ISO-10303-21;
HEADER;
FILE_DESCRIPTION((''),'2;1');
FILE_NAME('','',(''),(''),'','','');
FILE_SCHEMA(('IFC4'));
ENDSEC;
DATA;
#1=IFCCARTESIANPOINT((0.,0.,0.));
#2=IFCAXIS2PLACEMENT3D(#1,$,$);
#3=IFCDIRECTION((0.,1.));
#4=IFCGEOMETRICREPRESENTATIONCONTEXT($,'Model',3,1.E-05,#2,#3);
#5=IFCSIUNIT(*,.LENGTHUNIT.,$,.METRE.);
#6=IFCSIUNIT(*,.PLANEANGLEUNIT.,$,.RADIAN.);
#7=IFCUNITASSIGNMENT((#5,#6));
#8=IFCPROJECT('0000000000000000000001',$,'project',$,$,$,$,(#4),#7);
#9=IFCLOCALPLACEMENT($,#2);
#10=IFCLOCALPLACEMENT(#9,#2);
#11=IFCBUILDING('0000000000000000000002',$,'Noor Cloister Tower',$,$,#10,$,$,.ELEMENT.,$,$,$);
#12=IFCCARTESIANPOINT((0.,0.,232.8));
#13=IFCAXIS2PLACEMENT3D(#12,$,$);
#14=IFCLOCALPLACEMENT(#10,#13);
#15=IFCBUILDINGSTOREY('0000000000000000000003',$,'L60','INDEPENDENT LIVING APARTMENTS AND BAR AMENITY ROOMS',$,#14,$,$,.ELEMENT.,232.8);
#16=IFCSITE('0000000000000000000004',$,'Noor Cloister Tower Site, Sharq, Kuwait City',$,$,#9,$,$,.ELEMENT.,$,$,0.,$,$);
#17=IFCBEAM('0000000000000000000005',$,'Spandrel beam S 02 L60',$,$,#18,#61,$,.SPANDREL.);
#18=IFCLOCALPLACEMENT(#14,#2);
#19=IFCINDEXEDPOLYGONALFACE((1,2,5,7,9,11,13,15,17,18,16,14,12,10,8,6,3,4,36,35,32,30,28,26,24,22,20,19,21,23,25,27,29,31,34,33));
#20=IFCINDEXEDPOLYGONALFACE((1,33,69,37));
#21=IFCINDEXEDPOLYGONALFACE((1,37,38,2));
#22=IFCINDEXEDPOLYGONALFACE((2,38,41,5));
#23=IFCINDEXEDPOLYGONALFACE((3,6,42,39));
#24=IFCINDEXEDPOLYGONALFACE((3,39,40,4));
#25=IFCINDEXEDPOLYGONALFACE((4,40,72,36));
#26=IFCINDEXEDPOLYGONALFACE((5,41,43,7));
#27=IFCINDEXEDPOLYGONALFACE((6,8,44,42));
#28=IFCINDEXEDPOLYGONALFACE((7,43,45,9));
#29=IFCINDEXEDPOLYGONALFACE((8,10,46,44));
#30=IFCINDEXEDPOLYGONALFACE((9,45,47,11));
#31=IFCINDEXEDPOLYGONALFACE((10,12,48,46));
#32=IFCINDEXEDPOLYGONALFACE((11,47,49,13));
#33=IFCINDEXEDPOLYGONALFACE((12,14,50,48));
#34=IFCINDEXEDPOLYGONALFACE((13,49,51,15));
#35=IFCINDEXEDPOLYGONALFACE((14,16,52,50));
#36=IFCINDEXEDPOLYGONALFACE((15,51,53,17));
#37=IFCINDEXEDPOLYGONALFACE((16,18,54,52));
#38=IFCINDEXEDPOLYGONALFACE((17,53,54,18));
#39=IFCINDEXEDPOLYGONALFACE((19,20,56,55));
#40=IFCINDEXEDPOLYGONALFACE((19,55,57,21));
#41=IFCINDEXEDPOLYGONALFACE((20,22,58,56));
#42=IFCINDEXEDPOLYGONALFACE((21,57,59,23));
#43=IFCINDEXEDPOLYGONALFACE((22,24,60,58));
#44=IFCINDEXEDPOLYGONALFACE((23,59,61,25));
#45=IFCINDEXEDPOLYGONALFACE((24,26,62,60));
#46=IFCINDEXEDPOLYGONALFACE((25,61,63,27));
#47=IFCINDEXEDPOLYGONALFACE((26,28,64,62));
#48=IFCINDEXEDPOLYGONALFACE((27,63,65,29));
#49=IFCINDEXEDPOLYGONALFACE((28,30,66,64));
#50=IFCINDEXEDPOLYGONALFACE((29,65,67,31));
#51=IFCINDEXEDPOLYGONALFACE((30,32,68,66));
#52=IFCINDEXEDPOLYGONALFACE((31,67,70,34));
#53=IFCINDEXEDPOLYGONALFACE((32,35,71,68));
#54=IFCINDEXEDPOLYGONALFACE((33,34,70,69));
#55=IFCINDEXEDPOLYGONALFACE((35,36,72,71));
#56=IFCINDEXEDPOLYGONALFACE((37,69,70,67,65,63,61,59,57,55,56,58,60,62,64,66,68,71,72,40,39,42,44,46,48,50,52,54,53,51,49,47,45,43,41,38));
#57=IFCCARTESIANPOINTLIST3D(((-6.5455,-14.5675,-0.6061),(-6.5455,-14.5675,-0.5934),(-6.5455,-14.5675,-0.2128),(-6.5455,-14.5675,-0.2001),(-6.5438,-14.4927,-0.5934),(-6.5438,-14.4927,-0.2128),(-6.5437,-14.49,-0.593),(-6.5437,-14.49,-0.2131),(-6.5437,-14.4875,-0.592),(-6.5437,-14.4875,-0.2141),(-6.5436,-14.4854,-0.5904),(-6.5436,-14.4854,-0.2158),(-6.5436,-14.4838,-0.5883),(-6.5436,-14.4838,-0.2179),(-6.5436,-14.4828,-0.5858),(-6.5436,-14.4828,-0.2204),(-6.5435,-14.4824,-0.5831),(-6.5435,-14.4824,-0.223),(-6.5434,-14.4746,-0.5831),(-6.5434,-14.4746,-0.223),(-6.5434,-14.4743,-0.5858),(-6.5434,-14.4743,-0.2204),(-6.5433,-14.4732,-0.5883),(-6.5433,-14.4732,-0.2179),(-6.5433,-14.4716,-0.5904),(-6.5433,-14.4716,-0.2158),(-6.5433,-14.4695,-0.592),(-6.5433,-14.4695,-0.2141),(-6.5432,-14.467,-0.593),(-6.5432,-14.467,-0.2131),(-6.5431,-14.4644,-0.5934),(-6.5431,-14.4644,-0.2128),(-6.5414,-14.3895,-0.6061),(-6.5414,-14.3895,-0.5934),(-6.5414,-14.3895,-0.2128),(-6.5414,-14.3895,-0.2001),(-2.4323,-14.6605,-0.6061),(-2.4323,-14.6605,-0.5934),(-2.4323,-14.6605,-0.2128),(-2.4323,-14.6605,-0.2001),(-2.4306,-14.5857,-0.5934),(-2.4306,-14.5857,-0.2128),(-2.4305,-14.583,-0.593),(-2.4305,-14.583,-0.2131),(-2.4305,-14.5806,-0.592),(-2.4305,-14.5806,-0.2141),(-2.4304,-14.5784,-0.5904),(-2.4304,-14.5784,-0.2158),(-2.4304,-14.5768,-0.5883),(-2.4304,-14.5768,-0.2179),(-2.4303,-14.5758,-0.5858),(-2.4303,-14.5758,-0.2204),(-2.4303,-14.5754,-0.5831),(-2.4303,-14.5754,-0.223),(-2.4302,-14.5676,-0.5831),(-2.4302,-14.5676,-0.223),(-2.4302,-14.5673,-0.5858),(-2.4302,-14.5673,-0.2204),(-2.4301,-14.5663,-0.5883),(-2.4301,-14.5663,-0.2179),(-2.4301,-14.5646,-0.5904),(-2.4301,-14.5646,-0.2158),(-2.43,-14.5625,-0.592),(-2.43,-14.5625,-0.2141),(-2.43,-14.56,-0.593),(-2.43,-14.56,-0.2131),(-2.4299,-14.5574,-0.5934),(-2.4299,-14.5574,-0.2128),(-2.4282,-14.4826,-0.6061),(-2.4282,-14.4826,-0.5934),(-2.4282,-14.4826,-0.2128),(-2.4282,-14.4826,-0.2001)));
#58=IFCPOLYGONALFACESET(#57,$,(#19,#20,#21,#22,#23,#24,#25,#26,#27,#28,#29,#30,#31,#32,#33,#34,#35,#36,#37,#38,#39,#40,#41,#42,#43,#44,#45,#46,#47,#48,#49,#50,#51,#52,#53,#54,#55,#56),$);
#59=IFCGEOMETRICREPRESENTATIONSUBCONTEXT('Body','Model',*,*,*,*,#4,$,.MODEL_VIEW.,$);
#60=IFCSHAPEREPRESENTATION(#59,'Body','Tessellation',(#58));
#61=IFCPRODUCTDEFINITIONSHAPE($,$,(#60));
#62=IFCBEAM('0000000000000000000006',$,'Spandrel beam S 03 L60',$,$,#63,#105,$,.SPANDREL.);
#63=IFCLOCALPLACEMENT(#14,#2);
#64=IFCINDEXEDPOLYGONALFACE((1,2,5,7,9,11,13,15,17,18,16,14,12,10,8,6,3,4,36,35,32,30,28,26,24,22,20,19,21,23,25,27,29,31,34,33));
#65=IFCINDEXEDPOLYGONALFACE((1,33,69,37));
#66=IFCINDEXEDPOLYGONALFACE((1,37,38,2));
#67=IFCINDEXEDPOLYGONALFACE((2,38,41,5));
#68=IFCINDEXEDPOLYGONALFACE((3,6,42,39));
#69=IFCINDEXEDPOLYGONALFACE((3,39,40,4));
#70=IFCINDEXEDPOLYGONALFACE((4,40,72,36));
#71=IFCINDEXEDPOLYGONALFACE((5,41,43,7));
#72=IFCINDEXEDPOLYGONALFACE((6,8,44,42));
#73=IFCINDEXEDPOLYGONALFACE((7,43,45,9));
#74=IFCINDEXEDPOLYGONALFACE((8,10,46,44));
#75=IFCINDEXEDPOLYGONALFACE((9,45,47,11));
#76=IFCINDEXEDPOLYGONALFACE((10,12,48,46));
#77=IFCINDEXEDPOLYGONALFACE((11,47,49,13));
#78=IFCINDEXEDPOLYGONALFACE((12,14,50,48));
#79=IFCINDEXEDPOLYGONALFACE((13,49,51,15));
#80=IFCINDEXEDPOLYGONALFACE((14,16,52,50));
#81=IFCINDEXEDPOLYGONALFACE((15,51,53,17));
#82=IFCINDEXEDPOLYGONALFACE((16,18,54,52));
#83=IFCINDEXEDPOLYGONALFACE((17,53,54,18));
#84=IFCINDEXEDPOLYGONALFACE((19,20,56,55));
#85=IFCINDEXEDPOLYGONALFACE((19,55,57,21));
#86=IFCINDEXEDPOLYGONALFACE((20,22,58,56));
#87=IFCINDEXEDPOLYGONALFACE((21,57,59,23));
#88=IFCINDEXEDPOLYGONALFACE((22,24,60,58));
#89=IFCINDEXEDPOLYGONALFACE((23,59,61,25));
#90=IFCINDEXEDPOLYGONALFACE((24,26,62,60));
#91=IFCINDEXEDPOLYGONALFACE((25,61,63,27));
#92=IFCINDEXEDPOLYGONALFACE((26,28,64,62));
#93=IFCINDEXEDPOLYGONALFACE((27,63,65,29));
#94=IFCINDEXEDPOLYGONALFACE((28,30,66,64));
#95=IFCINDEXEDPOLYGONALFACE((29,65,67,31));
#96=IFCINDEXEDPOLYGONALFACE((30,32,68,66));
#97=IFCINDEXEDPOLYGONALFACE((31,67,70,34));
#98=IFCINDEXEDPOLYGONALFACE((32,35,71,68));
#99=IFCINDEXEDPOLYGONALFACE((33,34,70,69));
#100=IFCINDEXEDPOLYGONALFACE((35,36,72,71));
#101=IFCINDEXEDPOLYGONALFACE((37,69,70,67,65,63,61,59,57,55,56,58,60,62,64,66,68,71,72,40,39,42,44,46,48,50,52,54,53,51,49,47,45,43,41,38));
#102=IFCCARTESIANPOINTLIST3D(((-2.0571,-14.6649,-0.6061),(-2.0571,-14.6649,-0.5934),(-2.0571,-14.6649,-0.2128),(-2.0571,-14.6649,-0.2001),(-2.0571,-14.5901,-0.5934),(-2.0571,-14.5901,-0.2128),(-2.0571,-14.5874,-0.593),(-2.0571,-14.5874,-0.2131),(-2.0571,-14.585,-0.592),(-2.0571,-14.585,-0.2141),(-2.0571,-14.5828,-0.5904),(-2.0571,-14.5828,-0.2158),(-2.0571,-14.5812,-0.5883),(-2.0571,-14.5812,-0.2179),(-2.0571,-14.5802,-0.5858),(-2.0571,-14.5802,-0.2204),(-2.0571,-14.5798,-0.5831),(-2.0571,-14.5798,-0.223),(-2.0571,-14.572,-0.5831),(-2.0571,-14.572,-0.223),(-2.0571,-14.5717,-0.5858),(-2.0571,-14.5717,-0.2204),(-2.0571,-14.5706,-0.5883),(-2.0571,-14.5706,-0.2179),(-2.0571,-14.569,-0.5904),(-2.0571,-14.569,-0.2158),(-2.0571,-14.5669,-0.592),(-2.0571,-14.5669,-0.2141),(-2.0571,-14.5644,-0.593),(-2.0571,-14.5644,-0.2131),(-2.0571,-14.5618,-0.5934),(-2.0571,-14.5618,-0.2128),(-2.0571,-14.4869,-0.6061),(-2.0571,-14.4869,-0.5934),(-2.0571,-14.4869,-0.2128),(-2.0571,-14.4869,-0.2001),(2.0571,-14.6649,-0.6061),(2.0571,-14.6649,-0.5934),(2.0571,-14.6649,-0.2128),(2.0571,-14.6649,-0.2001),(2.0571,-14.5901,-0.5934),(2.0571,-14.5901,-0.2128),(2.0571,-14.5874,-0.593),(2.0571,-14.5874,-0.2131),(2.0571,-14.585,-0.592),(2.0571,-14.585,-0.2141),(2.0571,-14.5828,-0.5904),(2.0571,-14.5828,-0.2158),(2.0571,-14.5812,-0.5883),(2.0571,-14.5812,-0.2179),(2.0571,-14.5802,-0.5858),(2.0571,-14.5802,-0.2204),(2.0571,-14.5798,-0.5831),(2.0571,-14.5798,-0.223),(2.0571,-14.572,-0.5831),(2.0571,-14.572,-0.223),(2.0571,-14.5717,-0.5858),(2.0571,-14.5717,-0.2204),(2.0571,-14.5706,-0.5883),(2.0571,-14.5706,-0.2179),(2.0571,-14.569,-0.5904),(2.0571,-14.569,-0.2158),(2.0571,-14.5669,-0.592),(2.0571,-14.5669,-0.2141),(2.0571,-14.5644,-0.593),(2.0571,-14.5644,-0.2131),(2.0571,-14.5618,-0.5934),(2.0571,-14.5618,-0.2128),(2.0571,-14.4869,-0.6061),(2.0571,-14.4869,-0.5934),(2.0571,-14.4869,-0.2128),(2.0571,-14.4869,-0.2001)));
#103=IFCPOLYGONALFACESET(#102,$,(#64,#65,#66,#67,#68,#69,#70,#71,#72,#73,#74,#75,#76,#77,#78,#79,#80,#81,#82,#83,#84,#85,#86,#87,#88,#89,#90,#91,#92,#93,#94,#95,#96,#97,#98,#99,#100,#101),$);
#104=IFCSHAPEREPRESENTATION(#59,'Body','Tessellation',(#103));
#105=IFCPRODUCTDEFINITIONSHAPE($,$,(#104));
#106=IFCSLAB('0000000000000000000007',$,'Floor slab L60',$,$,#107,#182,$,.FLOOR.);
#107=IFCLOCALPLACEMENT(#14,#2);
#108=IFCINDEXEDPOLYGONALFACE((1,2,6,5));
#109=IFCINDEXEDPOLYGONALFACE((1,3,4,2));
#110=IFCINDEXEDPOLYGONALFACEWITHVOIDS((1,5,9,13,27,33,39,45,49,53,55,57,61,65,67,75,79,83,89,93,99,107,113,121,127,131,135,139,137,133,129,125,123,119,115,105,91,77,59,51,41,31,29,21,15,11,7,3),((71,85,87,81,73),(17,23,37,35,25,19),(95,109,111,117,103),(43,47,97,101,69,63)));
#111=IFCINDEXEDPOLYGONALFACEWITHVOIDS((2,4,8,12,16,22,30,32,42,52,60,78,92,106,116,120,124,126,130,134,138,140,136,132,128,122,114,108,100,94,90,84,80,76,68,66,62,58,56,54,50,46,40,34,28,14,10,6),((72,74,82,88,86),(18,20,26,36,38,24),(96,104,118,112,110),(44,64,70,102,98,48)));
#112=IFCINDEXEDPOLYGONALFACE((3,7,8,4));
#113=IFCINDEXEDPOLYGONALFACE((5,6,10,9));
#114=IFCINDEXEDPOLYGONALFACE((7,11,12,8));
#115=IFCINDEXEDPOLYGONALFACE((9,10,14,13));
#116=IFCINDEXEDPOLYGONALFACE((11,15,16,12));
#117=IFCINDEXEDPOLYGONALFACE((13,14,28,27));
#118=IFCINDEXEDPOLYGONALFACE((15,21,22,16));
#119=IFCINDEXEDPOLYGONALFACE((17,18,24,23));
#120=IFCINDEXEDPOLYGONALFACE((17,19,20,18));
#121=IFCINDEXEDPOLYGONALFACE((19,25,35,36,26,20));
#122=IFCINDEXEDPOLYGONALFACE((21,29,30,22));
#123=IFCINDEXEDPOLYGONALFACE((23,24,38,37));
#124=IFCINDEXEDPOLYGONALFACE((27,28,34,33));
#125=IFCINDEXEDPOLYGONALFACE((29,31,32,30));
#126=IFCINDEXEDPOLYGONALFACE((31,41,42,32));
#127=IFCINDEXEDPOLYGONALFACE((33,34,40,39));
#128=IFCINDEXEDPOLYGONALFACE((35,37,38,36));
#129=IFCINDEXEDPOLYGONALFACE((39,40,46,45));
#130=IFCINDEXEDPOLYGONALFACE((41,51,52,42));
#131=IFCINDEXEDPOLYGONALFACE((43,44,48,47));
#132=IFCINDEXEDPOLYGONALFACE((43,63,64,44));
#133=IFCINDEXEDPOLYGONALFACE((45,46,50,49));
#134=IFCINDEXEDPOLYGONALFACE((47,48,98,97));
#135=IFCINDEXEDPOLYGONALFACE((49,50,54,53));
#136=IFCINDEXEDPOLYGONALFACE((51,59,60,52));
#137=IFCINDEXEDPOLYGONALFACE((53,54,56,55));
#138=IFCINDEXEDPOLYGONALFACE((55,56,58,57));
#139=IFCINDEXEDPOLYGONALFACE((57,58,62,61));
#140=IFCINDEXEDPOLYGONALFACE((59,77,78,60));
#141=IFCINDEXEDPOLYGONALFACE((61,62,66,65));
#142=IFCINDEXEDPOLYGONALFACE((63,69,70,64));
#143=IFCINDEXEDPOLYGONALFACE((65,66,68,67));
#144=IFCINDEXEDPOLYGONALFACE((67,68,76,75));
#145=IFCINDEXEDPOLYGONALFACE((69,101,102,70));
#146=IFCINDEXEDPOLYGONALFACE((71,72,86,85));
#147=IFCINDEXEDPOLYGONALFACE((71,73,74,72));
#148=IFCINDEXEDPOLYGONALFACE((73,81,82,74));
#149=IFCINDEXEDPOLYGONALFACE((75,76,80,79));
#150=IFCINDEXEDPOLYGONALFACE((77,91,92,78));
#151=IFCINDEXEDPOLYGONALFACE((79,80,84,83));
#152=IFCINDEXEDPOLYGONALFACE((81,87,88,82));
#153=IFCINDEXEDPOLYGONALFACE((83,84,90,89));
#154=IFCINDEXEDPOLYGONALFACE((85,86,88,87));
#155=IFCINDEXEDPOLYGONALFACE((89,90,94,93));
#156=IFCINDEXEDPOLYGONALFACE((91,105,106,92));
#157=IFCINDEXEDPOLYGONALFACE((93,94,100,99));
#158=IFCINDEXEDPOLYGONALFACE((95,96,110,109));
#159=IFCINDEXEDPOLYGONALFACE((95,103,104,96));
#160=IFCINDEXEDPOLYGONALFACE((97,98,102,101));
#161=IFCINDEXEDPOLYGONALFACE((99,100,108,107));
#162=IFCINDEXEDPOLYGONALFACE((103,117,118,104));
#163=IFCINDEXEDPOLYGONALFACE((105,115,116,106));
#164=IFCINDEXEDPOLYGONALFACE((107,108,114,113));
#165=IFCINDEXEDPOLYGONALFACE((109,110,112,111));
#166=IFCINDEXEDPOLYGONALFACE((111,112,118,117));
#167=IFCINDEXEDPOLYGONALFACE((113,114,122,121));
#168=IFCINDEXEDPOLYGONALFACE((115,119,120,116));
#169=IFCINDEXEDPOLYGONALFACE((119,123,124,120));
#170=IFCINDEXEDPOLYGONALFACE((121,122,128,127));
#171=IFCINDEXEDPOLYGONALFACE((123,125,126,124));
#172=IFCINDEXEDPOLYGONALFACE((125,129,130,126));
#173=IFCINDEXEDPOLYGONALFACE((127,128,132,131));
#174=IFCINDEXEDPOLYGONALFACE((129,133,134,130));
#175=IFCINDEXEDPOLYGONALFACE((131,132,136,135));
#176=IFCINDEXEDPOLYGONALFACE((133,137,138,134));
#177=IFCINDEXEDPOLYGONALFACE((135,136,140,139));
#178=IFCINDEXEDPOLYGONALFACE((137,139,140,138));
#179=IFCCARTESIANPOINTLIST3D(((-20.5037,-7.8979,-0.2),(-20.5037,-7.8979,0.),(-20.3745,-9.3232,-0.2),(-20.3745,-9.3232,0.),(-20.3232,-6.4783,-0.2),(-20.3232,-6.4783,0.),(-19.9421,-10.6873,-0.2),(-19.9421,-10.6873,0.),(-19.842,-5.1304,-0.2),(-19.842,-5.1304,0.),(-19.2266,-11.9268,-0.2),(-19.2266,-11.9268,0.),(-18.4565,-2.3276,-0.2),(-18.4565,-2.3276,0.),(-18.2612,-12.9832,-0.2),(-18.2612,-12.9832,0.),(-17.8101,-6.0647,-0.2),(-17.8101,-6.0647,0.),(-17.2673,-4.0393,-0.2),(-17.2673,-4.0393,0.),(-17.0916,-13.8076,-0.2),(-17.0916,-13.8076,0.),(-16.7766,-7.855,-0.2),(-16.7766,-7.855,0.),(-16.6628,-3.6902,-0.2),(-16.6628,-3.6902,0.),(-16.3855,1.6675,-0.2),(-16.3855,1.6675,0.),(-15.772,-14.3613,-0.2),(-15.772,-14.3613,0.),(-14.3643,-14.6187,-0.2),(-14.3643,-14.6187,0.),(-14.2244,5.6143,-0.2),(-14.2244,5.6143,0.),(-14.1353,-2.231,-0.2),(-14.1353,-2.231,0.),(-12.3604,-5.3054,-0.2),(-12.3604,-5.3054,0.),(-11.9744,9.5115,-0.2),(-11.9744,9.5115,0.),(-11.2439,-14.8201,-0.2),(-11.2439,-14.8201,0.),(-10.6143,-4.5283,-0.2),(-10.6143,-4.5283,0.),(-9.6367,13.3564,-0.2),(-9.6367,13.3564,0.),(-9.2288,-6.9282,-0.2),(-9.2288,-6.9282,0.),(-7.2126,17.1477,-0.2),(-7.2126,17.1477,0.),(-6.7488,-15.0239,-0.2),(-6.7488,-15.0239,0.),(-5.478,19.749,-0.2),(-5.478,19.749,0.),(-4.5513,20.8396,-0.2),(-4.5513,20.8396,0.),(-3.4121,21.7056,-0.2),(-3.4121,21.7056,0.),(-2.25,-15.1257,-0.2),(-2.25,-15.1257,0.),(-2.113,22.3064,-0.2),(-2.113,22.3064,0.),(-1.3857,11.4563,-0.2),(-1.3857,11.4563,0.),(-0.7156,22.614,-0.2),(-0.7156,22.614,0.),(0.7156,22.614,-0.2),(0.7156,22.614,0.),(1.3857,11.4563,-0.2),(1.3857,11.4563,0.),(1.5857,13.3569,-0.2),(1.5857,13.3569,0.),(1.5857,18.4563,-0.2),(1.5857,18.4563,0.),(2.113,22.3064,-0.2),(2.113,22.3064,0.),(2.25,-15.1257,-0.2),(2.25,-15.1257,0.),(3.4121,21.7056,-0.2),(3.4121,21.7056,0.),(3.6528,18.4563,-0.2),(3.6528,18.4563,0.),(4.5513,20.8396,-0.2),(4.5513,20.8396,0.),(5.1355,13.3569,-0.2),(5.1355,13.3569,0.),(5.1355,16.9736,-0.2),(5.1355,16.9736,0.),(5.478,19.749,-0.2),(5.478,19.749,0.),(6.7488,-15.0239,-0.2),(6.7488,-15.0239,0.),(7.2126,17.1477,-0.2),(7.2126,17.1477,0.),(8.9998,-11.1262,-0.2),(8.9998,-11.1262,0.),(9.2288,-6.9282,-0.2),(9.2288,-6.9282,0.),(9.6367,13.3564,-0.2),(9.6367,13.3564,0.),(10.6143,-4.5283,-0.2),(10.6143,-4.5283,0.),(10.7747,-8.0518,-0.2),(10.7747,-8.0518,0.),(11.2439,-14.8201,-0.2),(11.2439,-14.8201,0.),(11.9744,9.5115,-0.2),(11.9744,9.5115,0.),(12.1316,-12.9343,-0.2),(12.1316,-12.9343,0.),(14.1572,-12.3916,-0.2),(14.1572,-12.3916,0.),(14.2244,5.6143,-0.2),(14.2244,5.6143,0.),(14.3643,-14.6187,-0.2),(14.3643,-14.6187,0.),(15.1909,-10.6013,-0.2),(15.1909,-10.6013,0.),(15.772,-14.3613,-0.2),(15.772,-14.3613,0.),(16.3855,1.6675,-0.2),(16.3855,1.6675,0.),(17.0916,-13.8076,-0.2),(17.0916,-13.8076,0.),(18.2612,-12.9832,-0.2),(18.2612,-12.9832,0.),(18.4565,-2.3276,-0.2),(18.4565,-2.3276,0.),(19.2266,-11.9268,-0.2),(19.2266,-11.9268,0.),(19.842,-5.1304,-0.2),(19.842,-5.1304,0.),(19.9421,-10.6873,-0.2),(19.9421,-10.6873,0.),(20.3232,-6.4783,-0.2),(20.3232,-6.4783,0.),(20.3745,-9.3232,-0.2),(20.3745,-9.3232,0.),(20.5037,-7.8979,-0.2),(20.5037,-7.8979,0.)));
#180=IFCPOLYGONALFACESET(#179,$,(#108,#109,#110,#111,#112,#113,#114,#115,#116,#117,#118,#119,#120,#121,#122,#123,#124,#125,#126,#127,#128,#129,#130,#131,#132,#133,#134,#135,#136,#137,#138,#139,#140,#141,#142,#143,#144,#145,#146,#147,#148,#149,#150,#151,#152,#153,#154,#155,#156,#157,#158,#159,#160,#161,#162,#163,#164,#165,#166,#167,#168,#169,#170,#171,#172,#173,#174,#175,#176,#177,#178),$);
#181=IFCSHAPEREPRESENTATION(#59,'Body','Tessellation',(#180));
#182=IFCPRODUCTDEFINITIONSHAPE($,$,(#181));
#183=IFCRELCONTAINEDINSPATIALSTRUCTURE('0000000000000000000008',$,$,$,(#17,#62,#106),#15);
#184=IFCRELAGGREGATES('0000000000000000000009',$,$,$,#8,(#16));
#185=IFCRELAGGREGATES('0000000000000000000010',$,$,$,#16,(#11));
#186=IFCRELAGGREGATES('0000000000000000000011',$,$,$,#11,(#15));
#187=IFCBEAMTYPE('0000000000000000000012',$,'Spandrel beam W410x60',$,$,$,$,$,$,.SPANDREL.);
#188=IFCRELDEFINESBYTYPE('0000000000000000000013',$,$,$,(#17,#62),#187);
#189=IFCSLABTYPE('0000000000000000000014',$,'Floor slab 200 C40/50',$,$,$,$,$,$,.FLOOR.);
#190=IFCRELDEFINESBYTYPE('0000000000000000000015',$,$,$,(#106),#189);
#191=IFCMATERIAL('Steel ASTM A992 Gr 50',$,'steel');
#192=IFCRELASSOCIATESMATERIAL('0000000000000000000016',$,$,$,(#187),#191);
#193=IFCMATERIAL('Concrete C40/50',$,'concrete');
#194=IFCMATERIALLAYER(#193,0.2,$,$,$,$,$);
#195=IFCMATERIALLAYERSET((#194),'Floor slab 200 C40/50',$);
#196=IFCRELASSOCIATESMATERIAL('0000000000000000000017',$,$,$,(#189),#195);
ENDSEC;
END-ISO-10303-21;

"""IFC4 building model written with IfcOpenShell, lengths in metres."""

from ifc_helpers import new_model, si_unit, direction, frame, origin, origin_2d, place, context, subcontext, project, spatial, polyline, i_section, outline, extrude, material, layer, layer_set, material_profile, profile_set, type_object, element, save


model = new_model("IFC4")

# Units and contexts
model_context = context("Model", 3, precision=1e-05, world=origin(), true_north=direction((0.0, 1.0)))
body_context = subcontext(model_context, "Body", "Model", "MODEL_VIEW")
ifc_project = project(units=[si_unit("LENGTHUNIT", "METRE"), si_unit("PLANEANGLEUNIT", "RADIAN")], contexts=[model_context])

# Site, building, storey
site_placement = place(None, origin())
site = spatial("IfcSite", under=ifc_project, at=site_placement, Name="Noor Cloister Tower Site, Sharq, Kuwait City", CompositionType="ELEMENT", RefElevation=0.0)
building_placement = place(site_placement, origin())
building = spatial("IfcBuilding", under=site, at=building_placement, Name="Noor Cloister Tower", CompositionType="ELEMENT")
storey_placement = place(building_placement, frame((0.0, 0.0, 232.8)))
storey = spatial("IfcBuildingStorey", under=building, at=storey_placement, Name="L60", Description="INDEPENDENT LIVING APARTMENTS AND BAR AMENITY ROOMS", CompositionType="ELEMENT", Elevation=232.8)

# Beams
ifc_material_1 = material(Name="Steel ASTM A992 Gr 50", Category="steel")
ifc_material_profile_1 = material_profile(ifc_material_1, i_section(OverallWidth=0.178, OverallDepth=0.406, WebThickness=0.0078, FlangeThickness=0.0127, FilletRadius=0.0103, at=origin_2d()), Name="W410x60")
ifc_profile_set_1 = profile_set([ifc_material_profile_1], Name="Steel ASTM A992 Gr 50")
beam_type_1 = type_object("IfcBeamType", Name="Spandrel beam W410x60", PredefinedType="SPANDREL", material=ifc_profile_set_1)
for number, where, z_axis, x_axis, name in (
    (1, (-6.5435, -14.4785, -0.4031), (0.999744, -0.022608, 0.0), (0.022608, 0.999744, 0.0), "Spandrel beam S 02 L60"),
    (2, (-2.0571, -14.5759, -0.4031), (1.0, 0.0, 0.0), (0.0, 1.0, 0.0), "Spandrel beam S 03 L60"),
):
    element("IfcBeam", number, at=place(storey_placement, frame(where, z_axis=z_axis, x_axis=x_axis)), inside=storey, type_object=beam_type_1, Name=name, PredefinedType="SPANDREL", context=body_context, shape_type="SweptSolid", body=[
        extrude(i_section(OverallWidth=0.178, OverallDepth=0.406, WebThickness=0.0078, FlangeThickness=0.0127, FilletRadius=0.0103, at=origin_2d()), origin(), (0.0, 0.0, 1.0), 4.1143),
    ])

# Slab
ifc_material_2 = material(Name="Concrete C40/50", Category="concrete")
ifc_layer_1 = layer(ifc_material_2, 0.2)
ifc_layer_set_1 = layer_set([ifc_layer_1], Name="Floor slab 200 C40/50")
slab_type = type_object("IfcSlabType", Name="Floor slab 200 C40/50", PredefinedType="FLOOR", material=ifc_layer_set_1)
slab_placement = place(storey_placement, frame((0.0, 0.0, -0.2)))
element("IfcSlab", 3, at=slab_placement, inside=storey, type_object=slab_type, Name="Floor slab L60", PredefinedType="FLOOR", context=body_context, shape_type="SweptSolid", body=[
    extrude(outline(polyline([(5.478, 19.749), (4.5513, 20.8396), (3.4121, 21.7056), (2.113, 22.3064), (0.7156, 22.614), (-0.7156, 22.614), (-2.113, 22.3064), (-3.4121, 21.7056), (-4.5513, 20.8396), (-5.478, 19.749), (-7.2126, 17.1477), (-9.6367, 13.3564), (-11.9744, 9.5115), (-14.2244, 5.6143), (-16.3855, 1.6675), (-18.4565, -2.3276), (-19.842, -5.1304), (-20.3232, -6.4783), (-20.5037, -7.8979), (-20.3745, -9.3232), (-19.9421, -10.6873), (-19.2266, -11.9268), (-18.2612, -12.9832), (-17.0916, -13.8076), (-15.772, -14.3613), (-14.3643, -14.6187), (-11.2439, -14.8201), (-6.7488, -15.0239), (-2.25, -15.1257), (2.25, -15.1257), (6.7488, -15.0239), (11.2439, -14.8201), (14.3643, -14.6187), (15.772, -14.3613), (17.0916, -13.8076), (18.2612, -12.9832), (19.2266, -11.9268), (19.9421, -10.6873), (20.3745, -9.3232), (20.5037, -7.8979), (20.3232, -6.4783), (19.842, -5.1304), (18.4565, -2.3276), (16.3855, 1.6675), (14.2244, 5.6143), (11.9744, 9.5115), (9.6367, 13.3564), (7.2126, 17.1477), (5.478, 19.749)]), holes=[polyline([(8.9998, -11.1262), (12.1316, -12.9343), (14.1572, -12.3916), (15.1909, -10.6013), (10.7747, -8.0518), (8.9998, -11.1262)]), polyline([(-17.8101, -6.0647), (-16.7766, -7.855), (-12.3604, -5.3054), (-14.1353, -2.231), (-16.6628, -3.6902), (-17.2673, -4.0393), (-17.8101, -6.0647)]), polyline([(-10.6143, -4.5283), (-9.2288, -6.9282), (9.2288, -6.9282), (10.6143, -4.5283), (1.3857, 11.4563), (-1.3857, 11.4563), (-10.6143, -4.5283)]), polyline([(3.6528, 18.4563), (1.5857, 18.4563), (1.5857, 13.3569), (5.1355, 13.3569), (5.1355, 16.9736), (3.6528, 18.4563)])]), origin(), (0.0, 0.0, 1.0), 0.2),
])

save(model, "model.ifc")
